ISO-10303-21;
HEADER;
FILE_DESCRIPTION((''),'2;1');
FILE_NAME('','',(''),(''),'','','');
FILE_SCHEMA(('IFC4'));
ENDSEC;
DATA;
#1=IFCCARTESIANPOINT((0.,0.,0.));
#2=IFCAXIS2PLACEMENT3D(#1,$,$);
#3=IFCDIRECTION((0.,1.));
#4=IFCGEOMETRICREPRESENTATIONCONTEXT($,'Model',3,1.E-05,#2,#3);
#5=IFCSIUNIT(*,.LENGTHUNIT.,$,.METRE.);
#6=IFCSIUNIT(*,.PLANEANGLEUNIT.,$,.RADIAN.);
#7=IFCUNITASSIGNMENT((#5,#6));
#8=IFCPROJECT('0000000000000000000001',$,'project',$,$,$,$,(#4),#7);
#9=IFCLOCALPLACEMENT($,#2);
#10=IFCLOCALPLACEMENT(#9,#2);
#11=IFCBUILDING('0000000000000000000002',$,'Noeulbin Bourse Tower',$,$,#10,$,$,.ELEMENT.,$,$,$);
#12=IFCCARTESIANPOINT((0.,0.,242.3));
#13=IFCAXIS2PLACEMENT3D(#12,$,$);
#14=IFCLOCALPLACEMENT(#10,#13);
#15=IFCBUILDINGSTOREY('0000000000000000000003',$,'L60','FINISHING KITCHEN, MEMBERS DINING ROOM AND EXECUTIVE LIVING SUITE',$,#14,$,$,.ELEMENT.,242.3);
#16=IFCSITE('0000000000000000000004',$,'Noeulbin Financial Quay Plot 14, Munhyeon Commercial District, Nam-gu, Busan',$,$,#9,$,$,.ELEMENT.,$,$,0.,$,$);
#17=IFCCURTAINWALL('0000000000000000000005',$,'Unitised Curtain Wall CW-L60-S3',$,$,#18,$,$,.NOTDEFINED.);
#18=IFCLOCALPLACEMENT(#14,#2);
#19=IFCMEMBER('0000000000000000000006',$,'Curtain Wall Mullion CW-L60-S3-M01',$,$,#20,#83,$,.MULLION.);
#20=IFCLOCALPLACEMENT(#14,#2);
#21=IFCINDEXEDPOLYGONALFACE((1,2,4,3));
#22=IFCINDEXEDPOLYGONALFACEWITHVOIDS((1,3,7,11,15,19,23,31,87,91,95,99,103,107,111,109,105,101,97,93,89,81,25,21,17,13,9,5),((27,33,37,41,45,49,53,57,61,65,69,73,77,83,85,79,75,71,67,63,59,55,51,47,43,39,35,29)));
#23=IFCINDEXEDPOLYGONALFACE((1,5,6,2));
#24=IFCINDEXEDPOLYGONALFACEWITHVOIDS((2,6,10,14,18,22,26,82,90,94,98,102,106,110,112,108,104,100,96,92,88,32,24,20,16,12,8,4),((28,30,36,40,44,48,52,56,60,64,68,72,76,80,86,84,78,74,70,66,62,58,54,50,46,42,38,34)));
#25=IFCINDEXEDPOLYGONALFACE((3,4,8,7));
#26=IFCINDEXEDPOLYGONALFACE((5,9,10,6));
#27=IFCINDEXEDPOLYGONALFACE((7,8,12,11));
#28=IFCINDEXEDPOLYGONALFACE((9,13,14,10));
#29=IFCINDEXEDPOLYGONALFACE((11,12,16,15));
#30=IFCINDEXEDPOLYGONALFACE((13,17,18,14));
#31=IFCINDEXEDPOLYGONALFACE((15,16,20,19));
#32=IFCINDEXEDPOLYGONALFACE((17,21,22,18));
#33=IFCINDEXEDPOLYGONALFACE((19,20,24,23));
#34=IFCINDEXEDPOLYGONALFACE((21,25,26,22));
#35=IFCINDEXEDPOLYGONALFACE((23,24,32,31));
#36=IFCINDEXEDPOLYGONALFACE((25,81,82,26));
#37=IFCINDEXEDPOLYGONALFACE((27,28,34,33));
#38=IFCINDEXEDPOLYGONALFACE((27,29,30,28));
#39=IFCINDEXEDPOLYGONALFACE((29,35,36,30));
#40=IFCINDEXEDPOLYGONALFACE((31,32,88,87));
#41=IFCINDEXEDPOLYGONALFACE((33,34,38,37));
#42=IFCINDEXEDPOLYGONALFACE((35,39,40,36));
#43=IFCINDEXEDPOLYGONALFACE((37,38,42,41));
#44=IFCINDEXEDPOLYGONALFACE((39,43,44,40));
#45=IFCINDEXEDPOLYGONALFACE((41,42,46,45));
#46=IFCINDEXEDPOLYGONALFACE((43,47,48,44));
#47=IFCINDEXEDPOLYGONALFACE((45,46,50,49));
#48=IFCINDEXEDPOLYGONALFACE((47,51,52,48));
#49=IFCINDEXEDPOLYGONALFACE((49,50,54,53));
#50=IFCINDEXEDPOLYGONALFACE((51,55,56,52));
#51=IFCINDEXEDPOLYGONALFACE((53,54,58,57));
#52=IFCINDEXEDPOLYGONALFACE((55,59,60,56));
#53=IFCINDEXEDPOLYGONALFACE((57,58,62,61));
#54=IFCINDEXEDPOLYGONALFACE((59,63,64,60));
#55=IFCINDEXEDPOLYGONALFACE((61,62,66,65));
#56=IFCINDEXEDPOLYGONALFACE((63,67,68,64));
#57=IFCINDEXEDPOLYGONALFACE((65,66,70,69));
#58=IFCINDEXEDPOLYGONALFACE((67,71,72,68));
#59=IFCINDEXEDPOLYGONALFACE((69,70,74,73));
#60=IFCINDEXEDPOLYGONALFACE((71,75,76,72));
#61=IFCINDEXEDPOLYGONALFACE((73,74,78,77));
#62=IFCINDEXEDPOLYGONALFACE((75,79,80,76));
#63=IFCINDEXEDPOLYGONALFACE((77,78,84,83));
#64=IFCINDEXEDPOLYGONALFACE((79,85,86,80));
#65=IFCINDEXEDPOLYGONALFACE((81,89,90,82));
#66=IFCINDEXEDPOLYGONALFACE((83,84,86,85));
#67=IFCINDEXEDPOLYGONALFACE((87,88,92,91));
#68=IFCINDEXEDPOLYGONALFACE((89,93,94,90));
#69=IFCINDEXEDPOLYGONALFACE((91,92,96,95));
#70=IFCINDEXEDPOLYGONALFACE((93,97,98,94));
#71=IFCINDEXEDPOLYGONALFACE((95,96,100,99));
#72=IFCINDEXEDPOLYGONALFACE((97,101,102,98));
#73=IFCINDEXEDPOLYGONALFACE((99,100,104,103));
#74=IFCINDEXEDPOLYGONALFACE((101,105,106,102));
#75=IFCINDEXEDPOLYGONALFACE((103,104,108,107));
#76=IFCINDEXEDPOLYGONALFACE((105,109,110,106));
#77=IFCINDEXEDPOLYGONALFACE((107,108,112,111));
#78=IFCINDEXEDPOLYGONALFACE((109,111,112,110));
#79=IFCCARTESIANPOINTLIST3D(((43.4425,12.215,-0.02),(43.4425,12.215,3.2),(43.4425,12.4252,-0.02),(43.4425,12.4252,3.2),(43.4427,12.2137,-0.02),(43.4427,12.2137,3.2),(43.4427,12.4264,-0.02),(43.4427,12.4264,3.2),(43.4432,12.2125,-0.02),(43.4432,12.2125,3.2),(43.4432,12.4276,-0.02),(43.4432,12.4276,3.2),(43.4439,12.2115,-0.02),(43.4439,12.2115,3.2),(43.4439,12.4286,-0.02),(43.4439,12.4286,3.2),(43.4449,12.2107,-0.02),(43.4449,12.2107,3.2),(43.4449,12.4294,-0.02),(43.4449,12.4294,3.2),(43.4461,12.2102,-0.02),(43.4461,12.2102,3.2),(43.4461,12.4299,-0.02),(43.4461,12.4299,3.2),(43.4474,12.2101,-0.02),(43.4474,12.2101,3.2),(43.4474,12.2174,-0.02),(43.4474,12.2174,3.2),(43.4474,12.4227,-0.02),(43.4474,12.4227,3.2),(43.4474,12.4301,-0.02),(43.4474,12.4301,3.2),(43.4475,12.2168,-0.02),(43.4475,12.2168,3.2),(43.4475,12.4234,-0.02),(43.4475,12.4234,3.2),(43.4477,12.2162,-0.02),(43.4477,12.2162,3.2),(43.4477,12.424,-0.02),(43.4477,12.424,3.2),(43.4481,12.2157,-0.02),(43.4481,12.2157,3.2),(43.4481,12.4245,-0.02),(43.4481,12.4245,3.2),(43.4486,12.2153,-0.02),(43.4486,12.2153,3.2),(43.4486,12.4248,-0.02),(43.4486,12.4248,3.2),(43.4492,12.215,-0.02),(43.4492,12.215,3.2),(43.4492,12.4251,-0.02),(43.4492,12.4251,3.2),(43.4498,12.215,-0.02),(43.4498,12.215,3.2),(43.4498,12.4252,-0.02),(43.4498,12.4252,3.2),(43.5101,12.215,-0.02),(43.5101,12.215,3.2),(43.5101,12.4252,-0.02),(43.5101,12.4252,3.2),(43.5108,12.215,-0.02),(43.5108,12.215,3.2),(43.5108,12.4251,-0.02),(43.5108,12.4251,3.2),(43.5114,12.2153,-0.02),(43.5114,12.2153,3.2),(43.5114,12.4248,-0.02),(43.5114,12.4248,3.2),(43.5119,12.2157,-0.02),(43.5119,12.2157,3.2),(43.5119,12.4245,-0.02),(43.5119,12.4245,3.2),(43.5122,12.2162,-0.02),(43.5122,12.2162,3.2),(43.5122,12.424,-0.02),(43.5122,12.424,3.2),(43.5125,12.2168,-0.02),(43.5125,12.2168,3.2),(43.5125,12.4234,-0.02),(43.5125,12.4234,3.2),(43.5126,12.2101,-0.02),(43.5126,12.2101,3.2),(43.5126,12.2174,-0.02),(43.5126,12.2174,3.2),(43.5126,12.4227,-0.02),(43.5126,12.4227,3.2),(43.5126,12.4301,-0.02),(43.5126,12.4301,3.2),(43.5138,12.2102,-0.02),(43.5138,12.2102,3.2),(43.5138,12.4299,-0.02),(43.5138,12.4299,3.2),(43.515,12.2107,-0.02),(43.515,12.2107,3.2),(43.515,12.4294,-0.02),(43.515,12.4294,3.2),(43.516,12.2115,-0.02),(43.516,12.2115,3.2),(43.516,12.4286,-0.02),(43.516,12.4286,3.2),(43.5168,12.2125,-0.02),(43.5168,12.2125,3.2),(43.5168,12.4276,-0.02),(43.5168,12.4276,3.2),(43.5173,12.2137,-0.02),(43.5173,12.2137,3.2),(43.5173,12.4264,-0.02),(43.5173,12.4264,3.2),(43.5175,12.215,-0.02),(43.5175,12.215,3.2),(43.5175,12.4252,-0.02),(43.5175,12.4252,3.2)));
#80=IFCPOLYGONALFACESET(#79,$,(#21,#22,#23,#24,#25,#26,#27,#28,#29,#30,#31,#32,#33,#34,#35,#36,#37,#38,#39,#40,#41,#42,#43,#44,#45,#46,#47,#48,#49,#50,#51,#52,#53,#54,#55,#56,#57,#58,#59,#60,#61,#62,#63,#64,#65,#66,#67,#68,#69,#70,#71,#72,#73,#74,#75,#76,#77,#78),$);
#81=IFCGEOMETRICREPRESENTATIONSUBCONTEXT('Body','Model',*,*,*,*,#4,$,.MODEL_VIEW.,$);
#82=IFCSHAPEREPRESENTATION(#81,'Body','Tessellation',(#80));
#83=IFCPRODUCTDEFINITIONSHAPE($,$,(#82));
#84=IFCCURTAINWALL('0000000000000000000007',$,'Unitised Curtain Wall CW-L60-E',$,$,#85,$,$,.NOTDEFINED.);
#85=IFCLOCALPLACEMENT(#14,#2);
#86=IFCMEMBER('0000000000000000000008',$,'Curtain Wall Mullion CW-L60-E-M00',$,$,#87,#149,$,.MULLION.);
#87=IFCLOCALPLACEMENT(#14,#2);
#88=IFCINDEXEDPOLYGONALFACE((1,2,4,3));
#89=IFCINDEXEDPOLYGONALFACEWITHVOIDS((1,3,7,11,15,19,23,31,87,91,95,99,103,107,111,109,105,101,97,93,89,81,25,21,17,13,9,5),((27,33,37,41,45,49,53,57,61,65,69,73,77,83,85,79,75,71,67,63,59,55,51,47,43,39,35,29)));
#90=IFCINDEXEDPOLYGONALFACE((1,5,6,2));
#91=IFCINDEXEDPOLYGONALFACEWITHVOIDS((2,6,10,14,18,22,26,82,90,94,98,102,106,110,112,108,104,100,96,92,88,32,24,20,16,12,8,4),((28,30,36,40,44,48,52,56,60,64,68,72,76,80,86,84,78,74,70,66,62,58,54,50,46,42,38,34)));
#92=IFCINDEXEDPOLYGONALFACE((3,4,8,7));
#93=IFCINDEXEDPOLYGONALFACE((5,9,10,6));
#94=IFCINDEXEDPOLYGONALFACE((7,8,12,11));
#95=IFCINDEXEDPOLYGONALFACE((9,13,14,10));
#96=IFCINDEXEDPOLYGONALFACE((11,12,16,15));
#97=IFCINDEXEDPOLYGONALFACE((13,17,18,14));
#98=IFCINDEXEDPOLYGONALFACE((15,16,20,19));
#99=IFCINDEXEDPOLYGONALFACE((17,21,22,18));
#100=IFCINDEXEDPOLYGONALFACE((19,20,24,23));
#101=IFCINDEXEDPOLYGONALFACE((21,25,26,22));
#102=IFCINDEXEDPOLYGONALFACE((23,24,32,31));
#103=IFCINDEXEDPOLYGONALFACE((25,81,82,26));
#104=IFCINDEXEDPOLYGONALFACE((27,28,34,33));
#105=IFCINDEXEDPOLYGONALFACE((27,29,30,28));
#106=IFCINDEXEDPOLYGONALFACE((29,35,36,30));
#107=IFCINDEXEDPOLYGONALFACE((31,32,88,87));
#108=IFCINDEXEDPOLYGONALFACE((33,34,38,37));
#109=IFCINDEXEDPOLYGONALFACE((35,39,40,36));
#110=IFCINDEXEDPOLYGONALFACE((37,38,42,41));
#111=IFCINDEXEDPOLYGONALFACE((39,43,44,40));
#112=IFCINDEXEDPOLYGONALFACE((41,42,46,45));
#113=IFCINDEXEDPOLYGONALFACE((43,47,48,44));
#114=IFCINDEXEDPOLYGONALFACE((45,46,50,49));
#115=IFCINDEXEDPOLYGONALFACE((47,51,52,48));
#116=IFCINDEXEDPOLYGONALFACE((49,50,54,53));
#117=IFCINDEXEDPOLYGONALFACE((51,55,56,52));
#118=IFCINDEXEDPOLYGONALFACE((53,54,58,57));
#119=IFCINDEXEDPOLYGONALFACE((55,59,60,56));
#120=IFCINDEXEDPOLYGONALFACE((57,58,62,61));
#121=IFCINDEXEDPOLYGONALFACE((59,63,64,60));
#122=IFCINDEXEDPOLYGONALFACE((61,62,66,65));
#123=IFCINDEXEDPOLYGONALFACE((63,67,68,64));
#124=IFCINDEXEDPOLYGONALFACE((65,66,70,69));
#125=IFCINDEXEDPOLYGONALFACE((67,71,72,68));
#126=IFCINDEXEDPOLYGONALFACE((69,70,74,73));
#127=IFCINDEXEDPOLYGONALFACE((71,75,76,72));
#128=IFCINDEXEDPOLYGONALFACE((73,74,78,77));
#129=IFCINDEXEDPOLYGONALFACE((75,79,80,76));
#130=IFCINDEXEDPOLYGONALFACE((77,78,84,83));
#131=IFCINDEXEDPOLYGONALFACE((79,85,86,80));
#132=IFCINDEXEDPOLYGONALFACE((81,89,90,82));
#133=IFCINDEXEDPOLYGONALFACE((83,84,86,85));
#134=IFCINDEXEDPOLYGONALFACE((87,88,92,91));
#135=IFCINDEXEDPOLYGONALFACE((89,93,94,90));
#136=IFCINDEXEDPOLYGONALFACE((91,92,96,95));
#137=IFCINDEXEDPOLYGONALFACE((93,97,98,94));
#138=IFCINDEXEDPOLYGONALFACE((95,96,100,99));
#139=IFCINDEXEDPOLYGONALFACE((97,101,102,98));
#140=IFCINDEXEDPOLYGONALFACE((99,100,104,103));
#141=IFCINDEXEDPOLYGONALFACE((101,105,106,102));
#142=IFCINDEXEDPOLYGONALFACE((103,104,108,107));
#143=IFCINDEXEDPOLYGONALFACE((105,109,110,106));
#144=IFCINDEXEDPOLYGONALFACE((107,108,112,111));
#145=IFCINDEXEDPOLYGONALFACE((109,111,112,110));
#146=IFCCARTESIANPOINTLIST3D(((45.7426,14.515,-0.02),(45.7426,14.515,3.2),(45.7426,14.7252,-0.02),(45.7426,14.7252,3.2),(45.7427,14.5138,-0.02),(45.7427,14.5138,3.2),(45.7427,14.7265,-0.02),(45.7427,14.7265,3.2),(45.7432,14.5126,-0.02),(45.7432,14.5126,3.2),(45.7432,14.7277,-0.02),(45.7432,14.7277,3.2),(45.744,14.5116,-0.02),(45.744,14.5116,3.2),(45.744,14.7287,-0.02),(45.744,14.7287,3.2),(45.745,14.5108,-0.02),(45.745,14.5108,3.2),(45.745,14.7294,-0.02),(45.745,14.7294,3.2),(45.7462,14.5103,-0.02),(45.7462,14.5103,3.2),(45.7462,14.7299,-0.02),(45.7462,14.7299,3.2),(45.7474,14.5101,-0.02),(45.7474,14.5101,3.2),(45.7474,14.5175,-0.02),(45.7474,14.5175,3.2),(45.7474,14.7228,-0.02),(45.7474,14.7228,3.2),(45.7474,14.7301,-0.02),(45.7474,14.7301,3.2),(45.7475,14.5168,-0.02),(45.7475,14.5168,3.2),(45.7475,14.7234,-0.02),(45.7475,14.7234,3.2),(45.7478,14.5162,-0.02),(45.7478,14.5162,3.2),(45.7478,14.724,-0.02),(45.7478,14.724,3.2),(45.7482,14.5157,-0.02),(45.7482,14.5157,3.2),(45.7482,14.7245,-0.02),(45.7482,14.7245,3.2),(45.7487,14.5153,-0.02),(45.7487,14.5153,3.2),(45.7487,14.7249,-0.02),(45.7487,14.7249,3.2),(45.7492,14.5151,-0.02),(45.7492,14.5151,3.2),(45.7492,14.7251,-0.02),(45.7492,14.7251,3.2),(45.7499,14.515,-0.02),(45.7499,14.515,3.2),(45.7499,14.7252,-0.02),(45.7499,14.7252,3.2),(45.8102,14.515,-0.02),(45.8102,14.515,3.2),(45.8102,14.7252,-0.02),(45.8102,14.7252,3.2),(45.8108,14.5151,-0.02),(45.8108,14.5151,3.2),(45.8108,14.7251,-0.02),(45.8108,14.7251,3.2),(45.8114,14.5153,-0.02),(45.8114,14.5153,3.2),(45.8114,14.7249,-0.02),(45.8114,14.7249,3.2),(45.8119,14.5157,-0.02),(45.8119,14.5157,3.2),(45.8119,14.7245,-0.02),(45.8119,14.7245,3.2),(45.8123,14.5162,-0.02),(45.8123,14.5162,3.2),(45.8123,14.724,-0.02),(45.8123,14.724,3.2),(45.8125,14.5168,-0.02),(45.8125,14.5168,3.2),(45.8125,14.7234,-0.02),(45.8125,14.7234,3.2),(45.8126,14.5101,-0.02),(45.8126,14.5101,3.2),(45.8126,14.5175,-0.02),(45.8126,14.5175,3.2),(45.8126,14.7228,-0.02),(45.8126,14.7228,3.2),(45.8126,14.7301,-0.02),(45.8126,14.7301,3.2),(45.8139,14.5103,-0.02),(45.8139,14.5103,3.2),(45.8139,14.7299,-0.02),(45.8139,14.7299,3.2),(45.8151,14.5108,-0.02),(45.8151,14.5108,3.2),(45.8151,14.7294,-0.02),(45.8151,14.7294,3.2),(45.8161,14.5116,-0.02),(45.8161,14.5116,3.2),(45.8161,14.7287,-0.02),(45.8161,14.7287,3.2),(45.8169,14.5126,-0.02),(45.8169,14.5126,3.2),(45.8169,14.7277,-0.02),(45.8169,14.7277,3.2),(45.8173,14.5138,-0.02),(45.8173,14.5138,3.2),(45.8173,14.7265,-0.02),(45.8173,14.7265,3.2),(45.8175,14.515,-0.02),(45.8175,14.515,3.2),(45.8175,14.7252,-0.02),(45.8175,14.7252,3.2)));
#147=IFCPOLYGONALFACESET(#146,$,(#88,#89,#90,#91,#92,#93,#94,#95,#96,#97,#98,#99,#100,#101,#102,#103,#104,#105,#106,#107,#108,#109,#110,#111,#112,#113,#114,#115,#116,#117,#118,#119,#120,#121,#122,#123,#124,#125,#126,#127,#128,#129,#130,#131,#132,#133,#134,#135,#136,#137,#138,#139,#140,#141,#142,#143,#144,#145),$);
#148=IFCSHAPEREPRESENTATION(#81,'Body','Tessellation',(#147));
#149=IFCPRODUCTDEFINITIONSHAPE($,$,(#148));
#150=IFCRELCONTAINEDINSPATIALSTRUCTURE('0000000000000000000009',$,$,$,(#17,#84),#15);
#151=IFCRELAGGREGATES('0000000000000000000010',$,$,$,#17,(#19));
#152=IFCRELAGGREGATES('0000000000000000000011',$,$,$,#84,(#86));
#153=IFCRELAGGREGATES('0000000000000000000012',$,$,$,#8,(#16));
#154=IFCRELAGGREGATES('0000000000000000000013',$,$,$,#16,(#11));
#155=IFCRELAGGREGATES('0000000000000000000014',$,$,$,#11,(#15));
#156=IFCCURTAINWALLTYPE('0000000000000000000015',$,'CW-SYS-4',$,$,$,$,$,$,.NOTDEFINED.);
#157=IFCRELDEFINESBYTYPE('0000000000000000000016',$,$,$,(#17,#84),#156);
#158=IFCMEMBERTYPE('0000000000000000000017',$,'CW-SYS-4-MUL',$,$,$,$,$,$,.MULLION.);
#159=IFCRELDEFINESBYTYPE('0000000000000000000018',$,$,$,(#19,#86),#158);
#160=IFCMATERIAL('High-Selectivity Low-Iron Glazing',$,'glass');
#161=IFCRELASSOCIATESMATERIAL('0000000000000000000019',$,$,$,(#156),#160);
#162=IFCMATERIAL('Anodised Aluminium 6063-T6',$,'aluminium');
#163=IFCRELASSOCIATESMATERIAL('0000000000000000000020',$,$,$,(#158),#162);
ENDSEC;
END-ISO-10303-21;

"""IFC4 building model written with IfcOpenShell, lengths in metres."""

from ifc_helpers import new_model, si_unit, direction, frame, origin, origin_2d, place, context, subcontext, project, spatial, hollow_rectangle, extrude, material, material_profile, profile_set, type_object, element, aggregate, save


model = new_model("IFC4")

# Units and contexts
model_context = context("Model", 3, precision=1e-05, world=origin(), true_north=direction((0.0, 1.0)))
body_context = subcontext(model_context, "Body", "Model", "MODEL_VIEW")
ifc_project = project(units=[si_unit("LENGTHUNIT", "METRE"), si_unit("PLANEANGLEUNIT", "RADIAN")], contexts=[model_context])

# Site, building, storey
site_placement = place(None, origin())
site = spatial("IfcSite", under=ifc_project, at=site_placement, Name="Noeulbin Financial Quay Plot 14, Munhyeon Commercial District, Nam-gu, Busan", CompositionType="ELEMENT", RefElevation=0.0)
building_placement = place(site_placement, origin())
building = spatial("IfcBuilding", under=site, at=building_placement, Name="Noeulbin Bourse Tower", CompositionType="ELEMENT")
storey_placement = place(building_placement, frame((0.0, 0.0, 242.3)))
storey = spatial("IfcBuildingStorey", under=building, at=storey_placement, Name="L60", Description="FINISHING KITCHEN, MEMBERS DINING ROOM AND EXECUTIVE LIVING SUITE", CompositionType="ELEMENT", Elevation=242.3)

# Curtain walls, members
ifc_material_1 = material(Name="High-Selectivity Low-Iron Glazing", Category="glass")
curtain_wall_type = type_object("IfcCurtainWallType", Name="CW-SYS-4", PredefinedType="NOTDEFINED", material=ifc_material_1)
curtain_wall_1_placement = place(storey_placement, origin())
curtain_wall_1 = element("IfcCurtainWall", 1, at=curtain_wall_1_placement, inside=storey, type_object=curtain_wall_type, Name="Unitised Curtain Wall CW-L60-S3", PredefinedType="NOTDEFINED")
ifc_material_2 = material(Name="Anodised Aluminium 6063-T6", Category="aluminium")
ifc_material_profile_1 = material_profile(ifc_material_2, hollow_rectangle(XDim=0.075, YDim=0.22, WallThickness=0.0049, InnerFilletRadius=0.0024, OuterFilletRadius=0.0049, at=origin_2d()), Name="ALU-MULL-75x220x5", Category="LoadBearing")
ifc_profile_set_1 = profile_set([ifc_material_profile_1], Name="Anodised Aluminium 6063-T6")
member_type_1 = type_object("IfcMemberType", Name="CW-SYS-4-MUL", PredefinedType="MULLION", material=ifc_profile_set_1)
member_1_placement = place(storey_placement, frame((43.48, 12.3201, -0.02), z_axis=(0.0, 0.0, 1.0), x_axis=(1.0, 0.0, 0.0)))
member_1 = element("IfcMember", 2, at=member_1_placement, type_object=member_type_1, Name="Curtain Wall Mullion CW-L60-S3-M01", PredefinedType="MULLION", context=body_context, shape_type="SweptSolid", body=[
    extrude(hollow_rectangle(XDim=0.075, YDim=0.22, WallThickness=0.0049, InnerFilletRadius=0.0024, OuterFilletRadius=0.0049, at=origin_2d()), origin(), (0.0, 0.0, 1.0), 3.22),
])
curtain_wall_2_placement = place(storey_placement, origin())
curtain_wall_2 = element("IfcCurtainWall", 3, at=curtain_wall_2_placement, inside=storey, type_object=curtain_wall_type, Name="Unitised Curtain Wall CW-L60-E", PredefinedType="NOTDEFINED")
member_2_placement = place(storey_placement, frame((45.78, 14.6201, -0.02), z_axis=(0.0, 0.0, 1.0), x_axis=(1.0, 0.0, 0.0)))
member_2 = element("IfcMember", 4, at=member_2_placement, type_object=member_type_1, Name="Curtain Wall Mullion CW-L60-E-M00", PredefinedType="MULLION", context=body_context, shape_type="SweptSolid", body=[
    extrude(hollow_rectangle(XDim=0.075, YDim=0.22, WallThickness=0.0049, InnerFilletRadius=0.0024, OuterFilletRadius=0.0049, at=origin_2d()), origin(), (0.0, 0.0, 1.0), 3.22),
])

aggregate(curtain_wall_1, [member_1])
aggregate(curtain_wall_2, [member_2])

save(model, "model.ifc")
